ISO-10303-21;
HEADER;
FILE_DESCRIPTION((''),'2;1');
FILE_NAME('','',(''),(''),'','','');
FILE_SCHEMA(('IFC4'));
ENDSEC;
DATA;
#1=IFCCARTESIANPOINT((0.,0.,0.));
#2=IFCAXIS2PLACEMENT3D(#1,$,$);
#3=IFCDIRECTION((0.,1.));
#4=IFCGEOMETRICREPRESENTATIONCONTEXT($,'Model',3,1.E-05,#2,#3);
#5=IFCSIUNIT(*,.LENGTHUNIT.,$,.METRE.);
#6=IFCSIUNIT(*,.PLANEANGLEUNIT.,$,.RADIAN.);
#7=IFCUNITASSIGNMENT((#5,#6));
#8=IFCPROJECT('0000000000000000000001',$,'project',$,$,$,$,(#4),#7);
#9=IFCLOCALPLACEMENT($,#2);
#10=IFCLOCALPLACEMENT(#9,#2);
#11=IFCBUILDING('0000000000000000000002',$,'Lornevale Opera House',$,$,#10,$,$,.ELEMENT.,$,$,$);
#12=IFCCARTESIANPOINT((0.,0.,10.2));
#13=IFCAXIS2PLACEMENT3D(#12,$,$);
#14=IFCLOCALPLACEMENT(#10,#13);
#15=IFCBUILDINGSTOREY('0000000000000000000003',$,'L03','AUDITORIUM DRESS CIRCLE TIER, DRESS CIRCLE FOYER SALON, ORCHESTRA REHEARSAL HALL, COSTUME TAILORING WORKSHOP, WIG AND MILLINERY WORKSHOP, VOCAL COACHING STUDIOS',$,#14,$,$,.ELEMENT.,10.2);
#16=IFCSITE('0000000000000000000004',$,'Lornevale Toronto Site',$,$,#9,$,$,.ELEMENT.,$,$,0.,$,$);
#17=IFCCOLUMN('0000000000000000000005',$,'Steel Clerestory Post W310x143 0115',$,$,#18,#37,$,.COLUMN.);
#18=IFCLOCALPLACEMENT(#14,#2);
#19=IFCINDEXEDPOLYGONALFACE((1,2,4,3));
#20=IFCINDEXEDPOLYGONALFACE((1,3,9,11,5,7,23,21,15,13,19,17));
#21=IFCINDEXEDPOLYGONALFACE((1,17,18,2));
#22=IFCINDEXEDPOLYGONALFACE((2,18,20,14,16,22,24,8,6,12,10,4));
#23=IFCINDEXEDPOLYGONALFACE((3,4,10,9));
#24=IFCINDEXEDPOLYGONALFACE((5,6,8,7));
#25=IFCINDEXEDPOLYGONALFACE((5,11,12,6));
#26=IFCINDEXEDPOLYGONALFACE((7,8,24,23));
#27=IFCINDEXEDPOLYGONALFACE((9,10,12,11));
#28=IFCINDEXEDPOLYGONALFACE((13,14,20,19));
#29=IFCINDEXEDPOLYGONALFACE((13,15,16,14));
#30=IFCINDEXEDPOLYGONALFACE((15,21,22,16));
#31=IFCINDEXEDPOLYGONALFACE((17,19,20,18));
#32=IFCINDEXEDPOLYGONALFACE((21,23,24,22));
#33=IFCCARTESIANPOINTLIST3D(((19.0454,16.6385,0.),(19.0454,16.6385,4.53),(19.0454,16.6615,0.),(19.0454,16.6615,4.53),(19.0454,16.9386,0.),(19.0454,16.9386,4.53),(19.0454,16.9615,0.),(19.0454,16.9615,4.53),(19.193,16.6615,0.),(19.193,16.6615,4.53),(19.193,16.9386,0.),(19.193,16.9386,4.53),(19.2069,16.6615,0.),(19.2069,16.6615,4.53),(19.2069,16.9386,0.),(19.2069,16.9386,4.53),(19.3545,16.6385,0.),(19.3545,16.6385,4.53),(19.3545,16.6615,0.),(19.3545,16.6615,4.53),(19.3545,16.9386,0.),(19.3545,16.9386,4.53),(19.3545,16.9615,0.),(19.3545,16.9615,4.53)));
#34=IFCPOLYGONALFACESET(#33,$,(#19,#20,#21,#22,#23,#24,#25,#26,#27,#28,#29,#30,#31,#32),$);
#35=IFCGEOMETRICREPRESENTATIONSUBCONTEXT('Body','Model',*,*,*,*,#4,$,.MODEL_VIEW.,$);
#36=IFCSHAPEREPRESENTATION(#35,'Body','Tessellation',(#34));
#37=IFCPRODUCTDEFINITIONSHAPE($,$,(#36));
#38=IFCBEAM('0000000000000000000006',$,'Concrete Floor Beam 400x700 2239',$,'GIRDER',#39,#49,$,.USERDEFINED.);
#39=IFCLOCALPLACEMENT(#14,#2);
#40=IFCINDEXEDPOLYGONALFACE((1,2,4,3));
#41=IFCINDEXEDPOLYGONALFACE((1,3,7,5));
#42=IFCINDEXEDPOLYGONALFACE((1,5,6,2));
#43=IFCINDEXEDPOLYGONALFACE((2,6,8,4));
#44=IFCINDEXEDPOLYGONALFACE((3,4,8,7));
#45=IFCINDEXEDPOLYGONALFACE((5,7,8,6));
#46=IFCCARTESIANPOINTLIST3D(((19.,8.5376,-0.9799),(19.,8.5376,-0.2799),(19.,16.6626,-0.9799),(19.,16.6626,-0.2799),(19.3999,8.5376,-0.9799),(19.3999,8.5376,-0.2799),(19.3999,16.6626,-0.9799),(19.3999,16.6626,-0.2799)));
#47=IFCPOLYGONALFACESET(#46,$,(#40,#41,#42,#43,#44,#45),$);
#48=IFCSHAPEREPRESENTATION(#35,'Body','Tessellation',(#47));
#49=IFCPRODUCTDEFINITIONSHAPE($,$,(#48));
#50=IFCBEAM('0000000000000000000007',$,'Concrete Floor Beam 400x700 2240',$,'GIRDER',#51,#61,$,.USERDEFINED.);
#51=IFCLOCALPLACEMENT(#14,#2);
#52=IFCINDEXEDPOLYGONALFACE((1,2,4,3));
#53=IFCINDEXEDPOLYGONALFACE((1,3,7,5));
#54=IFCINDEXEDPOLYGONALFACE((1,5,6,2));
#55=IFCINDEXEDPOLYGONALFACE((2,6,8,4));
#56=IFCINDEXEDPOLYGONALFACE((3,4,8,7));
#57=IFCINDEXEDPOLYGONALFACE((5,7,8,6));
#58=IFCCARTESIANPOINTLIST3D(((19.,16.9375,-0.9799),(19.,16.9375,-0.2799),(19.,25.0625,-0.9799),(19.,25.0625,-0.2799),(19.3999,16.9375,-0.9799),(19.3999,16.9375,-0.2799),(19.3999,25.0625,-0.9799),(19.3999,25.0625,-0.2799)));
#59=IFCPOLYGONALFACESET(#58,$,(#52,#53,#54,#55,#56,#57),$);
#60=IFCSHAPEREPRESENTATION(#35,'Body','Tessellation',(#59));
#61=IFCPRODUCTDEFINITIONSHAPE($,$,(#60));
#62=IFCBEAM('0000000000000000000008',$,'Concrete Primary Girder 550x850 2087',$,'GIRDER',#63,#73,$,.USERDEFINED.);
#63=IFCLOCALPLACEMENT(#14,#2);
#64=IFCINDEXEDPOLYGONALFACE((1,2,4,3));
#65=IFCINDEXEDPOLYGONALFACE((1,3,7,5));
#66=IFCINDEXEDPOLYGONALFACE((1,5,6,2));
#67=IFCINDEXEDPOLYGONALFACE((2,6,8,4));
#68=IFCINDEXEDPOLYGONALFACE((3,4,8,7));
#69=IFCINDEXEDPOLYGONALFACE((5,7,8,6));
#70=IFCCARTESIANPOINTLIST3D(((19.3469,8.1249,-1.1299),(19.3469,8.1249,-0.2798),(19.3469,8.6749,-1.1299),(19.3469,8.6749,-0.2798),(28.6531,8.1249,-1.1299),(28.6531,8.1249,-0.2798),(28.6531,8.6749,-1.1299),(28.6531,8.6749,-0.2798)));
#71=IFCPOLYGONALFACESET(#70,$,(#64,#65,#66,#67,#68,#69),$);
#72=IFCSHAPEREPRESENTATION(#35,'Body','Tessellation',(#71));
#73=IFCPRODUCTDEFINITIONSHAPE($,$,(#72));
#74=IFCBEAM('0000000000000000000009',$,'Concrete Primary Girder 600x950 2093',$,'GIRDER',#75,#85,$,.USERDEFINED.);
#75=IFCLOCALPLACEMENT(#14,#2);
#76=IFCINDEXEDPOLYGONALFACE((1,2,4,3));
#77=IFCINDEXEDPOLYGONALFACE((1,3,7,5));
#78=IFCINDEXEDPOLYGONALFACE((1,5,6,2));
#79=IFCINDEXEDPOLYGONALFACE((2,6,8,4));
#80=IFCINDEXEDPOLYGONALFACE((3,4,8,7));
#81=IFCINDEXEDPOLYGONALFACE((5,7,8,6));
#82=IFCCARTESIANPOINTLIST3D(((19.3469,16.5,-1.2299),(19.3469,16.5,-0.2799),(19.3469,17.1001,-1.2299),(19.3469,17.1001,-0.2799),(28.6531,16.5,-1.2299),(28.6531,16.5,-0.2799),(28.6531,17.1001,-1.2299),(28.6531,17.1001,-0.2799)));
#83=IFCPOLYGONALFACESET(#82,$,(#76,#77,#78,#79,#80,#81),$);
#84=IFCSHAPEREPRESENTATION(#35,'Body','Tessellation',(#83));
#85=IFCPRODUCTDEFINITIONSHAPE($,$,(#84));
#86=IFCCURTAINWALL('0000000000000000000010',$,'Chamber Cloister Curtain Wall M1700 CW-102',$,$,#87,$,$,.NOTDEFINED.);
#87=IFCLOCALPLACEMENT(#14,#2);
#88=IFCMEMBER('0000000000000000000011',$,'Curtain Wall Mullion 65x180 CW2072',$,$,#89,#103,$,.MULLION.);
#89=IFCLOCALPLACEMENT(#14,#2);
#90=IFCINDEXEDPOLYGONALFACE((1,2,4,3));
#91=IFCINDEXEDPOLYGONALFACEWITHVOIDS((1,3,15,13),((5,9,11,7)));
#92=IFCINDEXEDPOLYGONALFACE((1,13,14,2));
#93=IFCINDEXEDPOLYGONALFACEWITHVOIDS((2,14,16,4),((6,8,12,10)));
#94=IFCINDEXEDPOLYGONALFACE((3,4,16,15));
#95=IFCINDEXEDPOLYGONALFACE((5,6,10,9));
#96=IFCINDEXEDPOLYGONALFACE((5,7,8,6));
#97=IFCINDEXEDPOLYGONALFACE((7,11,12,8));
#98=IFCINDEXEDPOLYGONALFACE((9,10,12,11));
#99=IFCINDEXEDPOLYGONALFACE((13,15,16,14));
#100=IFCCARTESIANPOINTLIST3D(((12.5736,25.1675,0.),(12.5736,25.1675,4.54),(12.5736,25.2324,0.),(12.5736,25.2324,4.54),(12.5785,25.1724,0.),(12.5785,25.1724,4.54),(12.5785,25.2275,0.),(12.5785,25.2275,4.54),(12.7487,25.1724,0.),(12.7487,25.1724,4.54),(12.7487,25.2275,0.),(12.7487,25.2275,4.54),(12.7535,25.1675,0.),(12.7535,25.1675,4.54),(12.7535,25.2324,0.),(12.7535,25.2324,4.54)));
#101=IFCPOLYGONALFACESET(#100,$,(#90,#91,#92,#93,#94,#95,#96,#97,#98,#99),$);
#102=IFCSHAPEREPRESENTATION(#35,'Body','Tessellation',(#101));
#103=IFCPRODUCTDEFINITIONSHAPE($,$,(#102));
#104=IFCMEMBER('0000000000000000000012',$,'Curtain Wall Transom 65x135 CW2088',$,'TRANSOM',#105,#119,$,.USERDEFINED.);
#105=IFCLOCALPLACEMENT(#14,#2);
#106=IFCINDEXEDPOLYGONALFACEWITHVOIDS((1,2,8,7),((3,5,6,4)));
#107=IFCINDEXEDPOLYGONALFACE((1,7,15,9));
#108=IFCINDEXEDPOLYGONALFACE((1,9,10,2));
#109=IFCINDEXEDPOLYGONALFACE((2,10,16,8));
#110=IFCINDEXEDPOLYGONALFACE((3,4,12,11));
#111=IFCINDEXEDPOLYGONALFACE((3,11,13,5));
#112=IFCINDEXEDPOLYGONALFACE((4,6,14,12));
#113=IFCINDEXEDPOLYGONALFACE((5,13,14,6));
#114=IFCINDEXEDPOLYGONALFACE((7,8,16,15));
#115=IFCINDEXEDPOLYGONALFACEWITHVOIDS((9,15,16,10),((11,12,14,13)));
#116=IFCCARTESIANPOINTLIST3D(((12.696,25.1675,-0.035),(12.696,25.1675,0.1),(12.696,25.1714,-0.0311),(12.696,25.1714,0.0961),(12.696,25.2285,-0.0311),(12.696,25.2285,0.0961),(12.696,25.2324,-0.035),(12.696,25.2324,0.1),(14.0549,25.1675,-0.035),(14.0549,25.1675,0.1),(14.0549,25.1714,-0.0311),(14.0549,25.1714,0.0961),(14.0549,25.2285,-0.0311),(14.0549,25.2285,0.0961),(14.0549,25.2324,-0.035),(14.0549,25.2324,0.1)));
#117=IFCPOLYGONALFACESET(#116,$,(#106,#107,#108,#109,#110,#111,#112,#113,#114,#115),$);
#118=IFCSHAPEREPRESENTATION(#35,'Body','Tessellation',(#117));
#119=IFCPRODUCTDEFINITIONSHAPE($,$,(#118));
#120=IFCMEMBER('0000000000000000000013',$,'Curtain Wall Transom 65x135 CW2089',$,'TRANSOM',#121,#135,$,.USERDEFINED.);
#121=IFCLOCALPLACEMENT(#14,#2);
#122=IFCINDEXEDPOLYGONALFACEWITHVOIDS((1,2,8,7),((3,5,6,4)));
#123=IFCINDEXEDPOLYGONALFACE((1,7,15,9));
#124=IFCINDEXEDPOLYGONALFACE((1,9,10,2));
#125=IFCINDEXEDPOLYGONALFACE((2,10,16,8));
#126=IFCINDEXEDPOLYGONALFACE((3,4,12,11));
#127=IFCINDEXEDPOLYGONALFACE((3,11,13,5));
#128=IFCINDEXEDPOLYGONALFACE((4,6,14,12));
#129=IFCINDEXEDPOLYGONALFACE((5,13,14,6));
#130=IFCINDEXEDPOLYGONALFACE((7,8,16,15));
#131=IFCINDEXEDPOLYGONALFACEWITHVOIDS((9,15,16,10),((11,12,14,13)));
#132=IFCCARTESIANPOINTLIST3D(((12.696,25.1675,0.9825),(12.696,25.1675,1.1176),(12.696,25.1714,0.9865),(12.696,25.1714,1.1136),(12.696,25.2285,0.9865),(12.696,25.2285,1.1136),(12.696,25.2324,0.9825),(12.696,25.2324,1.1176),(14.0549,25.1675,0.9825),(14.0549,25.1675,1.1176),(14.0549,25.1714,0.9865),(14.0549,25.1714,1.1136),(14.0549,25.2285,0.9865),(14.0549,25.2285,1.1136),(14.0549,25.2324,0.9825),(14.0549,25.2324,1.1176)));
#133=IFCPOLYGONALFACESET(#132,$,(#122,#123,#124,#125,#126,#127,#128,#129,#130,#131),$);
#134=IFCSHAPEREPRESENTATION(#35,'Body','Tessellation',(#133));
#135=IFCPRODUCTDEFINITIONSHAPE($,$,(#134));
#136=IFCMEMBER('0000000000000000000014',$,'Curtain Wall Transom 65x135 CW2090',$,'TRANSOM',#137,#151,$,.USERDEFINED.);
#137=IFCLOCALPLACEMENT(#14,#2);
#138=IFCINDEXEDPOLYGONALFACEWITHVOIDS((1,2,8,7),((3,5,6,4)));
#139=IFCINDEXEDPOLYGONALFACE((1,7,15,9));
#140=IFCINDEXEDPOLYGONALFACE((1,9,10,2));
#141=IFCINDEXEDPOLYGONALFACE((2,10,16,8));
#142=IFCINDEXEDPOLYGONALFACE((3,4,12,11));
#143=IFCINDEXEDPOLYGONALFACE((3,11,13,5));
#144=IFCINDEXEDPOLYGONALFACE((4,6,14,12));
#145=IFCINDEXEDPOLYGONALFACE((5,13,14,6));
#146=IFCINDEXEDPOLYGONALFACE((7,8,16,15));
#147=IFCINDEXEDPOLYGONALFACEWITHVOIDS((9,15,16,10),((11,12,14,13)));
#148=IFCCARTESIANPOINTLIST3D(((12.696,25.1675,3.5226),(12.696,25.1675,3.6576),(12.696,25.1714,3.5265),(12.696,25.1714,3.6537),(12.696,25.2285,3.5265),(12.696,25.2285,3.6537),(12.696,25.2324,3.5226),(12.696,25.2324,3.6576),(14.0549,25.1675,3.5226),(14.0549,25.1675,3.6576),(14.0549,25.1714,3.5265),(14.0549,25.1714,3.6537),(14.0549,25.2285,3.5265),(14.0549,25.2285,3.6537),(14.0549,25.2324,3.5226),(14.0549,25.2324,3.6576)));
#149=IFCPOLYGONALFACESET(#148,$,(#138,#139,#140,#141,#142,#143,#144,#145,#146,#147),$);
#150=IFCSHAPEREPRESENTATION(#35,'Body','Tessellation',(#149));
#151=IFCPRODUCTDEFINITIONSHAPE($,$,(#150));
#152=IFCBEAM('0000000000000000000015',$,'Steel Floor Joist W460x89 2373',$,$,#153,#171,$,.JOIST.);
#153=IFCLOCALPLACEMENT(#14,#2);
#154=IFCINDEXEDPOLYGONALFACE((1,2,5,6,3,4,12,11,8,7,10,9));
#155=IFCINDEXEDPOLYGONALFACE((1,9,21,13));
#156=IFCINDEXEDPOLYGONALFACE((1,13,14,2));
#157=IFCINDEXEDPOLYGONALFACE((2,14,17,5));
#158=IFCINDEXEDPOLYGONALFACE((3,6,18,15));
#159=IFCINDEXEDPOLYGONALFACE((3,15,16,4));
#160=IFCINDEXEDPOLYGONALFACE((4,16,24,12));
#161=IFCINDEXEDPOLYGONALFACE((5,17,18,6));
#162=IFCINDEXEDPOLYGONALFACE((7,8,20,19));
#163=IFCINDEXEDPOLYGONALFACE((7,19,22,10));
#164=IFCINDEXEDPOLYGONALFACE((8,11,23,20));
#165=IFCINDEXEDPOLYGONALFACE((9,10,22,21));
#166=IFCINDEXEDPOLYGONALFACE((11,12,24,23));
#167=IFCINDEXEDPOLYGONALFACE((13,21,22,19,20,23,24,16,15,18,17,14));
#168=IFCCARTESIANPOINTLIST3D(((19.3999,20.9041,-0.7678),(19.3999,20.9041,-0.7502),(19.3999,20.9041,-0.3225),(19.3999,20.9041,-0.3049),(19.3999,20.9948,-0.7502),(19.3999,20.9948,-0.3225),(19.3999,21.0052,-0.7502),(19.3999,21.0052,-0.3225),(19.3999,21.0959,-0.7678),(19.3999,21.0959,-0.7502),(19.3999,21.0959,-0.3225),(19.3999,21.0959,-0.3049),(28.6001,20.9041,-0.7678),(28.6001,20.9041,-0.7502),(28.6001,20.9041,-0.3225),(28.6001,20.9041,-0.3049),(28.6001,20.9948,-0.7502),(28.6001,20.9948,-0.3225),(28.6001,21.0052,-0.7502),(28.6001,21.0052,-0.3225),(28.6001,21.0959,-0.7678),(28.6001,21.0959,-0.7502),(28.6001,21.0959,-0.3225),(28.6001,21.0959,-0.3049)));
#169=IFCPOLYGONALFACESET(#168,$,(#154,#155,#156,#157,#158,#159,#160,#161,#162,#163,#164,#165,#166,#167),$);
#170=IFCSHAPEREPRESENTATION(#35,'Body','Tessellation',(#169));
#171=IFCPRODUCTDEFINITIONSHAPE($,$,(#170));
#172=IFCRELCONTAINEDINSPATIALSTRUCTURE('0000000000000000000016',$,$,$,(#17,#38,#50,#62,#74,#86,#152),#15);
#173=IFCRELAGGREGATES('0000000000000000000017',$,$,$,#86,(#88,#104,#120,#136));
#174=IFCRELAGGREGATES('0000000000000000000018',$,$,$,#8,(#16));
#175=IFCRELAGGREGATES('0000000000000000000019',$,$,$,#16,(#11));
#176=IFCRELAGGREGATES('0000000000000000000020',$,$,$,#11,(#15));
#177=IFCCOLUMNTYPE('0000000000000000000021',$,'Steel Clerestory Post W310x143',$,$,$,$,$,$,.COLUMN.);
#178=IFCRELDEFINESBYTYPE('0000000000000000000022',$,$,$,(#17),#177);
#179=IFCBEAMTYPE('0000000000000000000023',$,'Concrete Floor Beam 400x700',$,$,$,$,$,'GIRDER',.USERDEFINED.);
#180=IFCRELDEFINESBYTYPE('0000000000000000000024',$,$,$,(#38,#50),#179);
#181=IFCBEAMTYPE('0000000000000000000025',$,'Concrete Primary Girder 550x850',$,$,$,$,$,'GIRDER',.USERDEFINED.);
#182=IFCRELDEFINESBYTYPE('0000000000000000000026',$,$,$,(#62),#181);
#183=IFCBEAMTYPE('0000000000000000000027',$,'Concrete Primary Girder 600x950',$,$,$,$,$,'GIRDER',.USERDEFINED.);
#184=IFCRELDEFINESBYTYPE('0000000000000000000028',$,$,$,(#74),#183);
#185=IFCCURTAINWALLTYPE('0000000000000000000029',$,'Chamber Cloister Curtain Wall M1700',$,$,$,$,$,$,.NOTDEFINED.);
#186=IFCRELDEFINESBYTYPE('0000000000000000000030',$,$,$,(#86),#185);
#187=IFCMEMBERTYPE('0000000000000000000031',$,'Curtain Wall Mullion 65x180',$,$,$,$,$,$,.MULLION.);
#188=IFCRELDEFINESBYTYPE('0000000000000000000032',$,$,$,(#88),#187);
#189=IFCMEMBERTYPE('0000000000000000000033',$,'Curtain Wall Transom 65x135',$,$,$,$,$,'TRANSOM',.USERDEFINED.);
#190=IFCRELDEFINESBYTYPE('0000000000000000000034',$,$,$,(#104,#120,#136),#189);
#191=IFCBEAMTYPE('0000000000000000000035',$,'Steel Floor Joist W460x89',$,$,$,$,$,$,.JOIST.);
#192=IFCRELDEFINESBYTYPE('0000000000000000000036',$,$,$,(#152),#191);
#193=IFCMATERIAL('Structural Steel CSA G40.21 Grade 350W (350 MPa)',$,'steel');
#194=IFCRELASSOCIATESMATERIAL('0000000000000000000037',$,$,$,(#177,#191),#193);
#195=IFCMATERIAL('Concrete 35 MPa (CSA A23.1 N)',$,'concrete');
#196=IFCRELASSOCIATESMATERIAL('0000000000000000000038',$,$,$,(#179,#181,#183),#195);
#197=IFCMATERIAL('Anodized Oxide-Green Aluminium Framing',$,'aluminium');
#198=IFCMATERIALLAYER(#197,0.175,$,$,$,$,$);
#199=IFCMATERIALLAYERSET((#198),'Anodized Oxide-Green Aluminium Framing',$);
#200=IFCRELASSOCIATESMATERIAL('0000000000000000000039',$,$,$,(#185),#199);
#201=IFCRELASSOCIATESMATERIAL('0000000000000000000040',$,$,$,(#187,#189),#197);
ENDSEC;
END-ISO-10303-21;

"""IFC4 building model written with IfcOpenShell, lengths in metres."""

from ifc_helpers import new_model, si_unit, direction, frame, origin, origin_2d, place, context, subcontext, project, spatial, rectangle, hollow_rectangle, i_section, extrude, material, layer, layer_set, material_profile, profile_set, type_object, element, aggregate, save


model = new_model("IFC4")

# Units and contexts
model_context = context("Model", 3, precision=1e-05, world=origin(), true_north=direction((0.0, 1.0)))
body_context = subcontext(model_context, "Body", "Model", "MODEL_VIEW")
ifc_project = project(units=[si_unit("LENGTHUNIT", "METRE"), si_unit("PLANEANGLEUNIT", "RADIAN")], contexts=[model_context])

# Site, building, storey
site_placement = place(None, origin())
site = spatial("IfcSite", under=ifc_project, at=site_placement, Name="Lornevale Toronto Site", CompositionType="ELEMENT", RefElevation=0.0)
building_placement = place(site_placement, origin())
building = spatial("IfcBuilding", under=site, at=building_placement, Name="Lornevale Opera House", CompositionType="ELEMENT")
storey_placement = place(building_placement, frame((0.0, 0.0, 10.2)))
storey = spatial("IfcBuildingStorey", under=building, at=storey_placement, Name="L03", Description="AUDITORIUM DRESS CIRCLE TIER, DRESS CIRCLE FOYER SALON, ORCHESTRA REHEARSAL HALL, COSTUME TAILORING WORKSHOP, WIG AND MILLINERY WORKSHOP, VOCAL COACHING STUDIOS", CompositionType="ELEMENT", Elevation=10.2)

# Column
ifc_material_1 = material(Name="Structural Steel CSA G40.21 Grade 350W (350 MPa)", Category="steel")
ifc_material_profile_1 = material_profile(ifc_material_1, i_section(OverallWidth=0.3091, OverallDepth=0.323, WebThickness=0.0139, FlangeThickness=0.0229, at=origin_2d()), Name="W310x143")
ifc_profile_set_1 = profile_set([ifc_material_profile_1], Name="Structural Steel CSA G40.21 Grade 350W (350 MPa)")
column_type = type_object("IfcColumnType", Name="Steel Clerestory Post W310x143", PredefinedType="COLUMN", material=ifc_profile_set_1)
column_placement = place(storey_placement, frame((19.2, 16.8, 0.0), z_axis=(0.0, 0.0, 1.0), x_axis=(1.0, 0.0, 0.0)))
element("IfcColumn", 1, at=column_placement, inside=storey, type_object=column_type, Name="Steel Clerestory Post W310x143 0115", PredefinedType="COLUMN", context=body_context, shape_type="SweptSolid", body=[
    extrude(i_section(OverallWidth=0.3091, OverallDepth=0.323, WebThickness=0.0139, FlangeThickness=0.0229, at=origin_2d()), origin(), (0.0, 0.0, 1.0), 4.53),
])

# Beams
ifc_material_2 = material(Name="Concrete 35 MPa (CSA A23.1 N)", Category="concrete")
ifc_material_profile_2 = material_profile(ifc_material_2, rectangle(XDim=0.3999, YDim=0.7, at=origin_2d()), Name="RC400x700")
ifc_profile_set_2 = profile_set([ifc_material_profile_2], Name="Concrete 35 MPa (CSA A23.1 N)")
beam_type_1 = type_object("IfcBeamType", Name="Concrete Floor Beam 400x700", ElementType="GIRDER", PredefinedType="USERDEFINED", material=ifc_profile_set_2)
for number, where, z_axis, x_axis, name in (
    (2, (19.2, 8.5376, -0.6299), (0.0, 1.0, 0.0), (-1.0, 0.0, 0.0), "Concrete Floor Beam 400x700 2239"),
    (3, (19.2, 16.9375, -0.6299), (0.0, 1.0, 0.0), (-1.0, 0.0, 0.0), "Concrete Floor Beam 400x700 2240"),
):
    element("IfcBeam", number, at=place(storey_placement, frame(where, z_axis=z_axis, x_axis=x_axis)), inside=storey, type_object=beam_type_1, Name=name, ObjectType="GIRDER", PredefinedType="USERDEFINED", context=body_context, shape_type="SweptSolid", body=[
        extrude(rectangle(XDim=0.3999, YDim=0.7, at=origin_2d()), origin(), (0.0, 0.0, 1.0), 8.125),
    ])
ifc_material_profile_3 = material_profile(ifc_material_2, rectangle(XDim=0.55, YDim=0.8501, at=origin_2d()), Name="RC550x850")
ifc_profile_set_3 = profile_set([ifc_material_profile_3], Name="Concrete 35 MPa (CSA A23.1 N)")
beam_type_2 = type_object("IfcBeamType", Name="Concrete Primary Girder 550x850", ElementType="GIRDER", PredefinedType="USERDEFINED", material=ifc_profile_set_3)
beam_1_placement = place(storey_placement, frame((19.3469, 8.3999, -0.7048), z_axis=(1.0, 0.0, 0.0), x_axis=(0.0, 1.0, 0.0)))
element("IfcBeam", 4, at=beam_1_placement, inside=storey, type_object=beam_type_2, Name="Concrete Primary Girder 550x850 2087", ObjectType="GIRDER", PredefinedType="USERDEFINED", context=body_context, shape_type="SweptSolid", body=[
    extrude(rectangle(XDim=0.55, YDim=0.8501, at=origin_2d()), origin(), (0.0, 0.0, 1.0), 9.3062),
])
ifc_material_profile_4 = material_profile(ifc_material_2, rectangle(XDim=0.6001, YDim=0.95, at=origin_2d()), Name="RC600x950")
ifc_profile_set_4 = profile_set([ifc_material_profile_4], Name="Concrete 35 MPa (CSA A23.1 N)")
beam_type_3 = type_object("IfcBeamType", Name="Concrete Primary Girder 600x950", ElementType="GIRDER", PredefinedType="USERDEFINED", material=ifc_profile_set_4)
beam_2_placement = place(storey_placement, frame((19.3469, 16.8, -0.7549), z_axis=(1.0, 0.0, 0.0), x_axis=(0.0, 1.0, 0.0)))
element("IfcBeam", 5, at=beam_2_placement, inside=storey, type_object=beam_type_3, Name="Concrete Primary Girder 600x950 2093", ObjectType="GIRDER", PredefinedType="USERDEFINED", context=body_context, shape_type="SweptSolid", body=[
    extrude(rectangle(XDim=0.6001, YDim=0.95, at=origin_2d()), origin(), (0.0, 0.0, 1.0), 9.3062),
])

# Curtain wall, members
ifc_material_3 = material(Name="Anodized Oxide-Green Aluminium Framing", Category="aluminium")
ifc_layer_1 = layer(ifc_material_3, 0.175)
ifc_layer_set_1 = layer_set([ifc_layer_1], Name="Anodized Oxide-Green Aluminium Framing")
curtain_wall_type = type_object("IfcCurtainWallType", Name="Chamber Cloister Curtain Wall M1700", PredefinedType="NOTDEFINED", material=ifc_layer_set_1)
curtain_wall_placement = place(storey_placement, origin())
curtain_wall = element("IfcCurtainWall", 6, at=curtain_wall_placement, inside=storey, type_object=curtain_wall_type, Name="Chamber Cloister Curtain Wall M1700 CW-102", PredefinedType="NOTDEFINED")
ifc_material_profile_5 = material_profile(ifc_material_3, hollow_rectangle(XDim=0.0649, YDim=0.1799, WallThickness=0.0049, at=origin_2d()), Name="ALU65x180x5")
ifc_profile_set_5 = profile_set([ifc_material_profile_5], Name="Anodized Oxide-Green Aluminium Framing")
member_type_1 = type_object("IfcMemberType", Name="Curtain Wall Mullion 65x180", PredefinedType="MULLION", material=ifc_profile_set_5)
member_1_placement = place(storey_placement, frame((12.6636, 25.2, 0.0), z_axis=(0.0, 0.0, 1.0), x_axis=(0.0, 1.0, 0.0)))
member_1 = element("IfcMember", 7, at=member_1_placement, type_object=member_type_1, Name="Curtain Wall Mullion 65x180 CW2072", PredefinedType="MULLION", context=body_context, shape_type="SweptSolid", body=[
    extrude(hollow_rectangle(XDim=0.0649, YDim=0.1799, WallThickness=0.0049, at=origin_2d()), origin(), (0.0, 0.0, 1.0), 4.54),
])
ifc_material_profile_6 = material_profile(ifc_material_3, hollow_rectangle(XDim=0.0649, YDim=0.135, WallThickness=0.0039, at=origin_2d()), Name="ALU65x135x4")
ifc_profile_set_6 = profile_set([ifc_material_profile_6], Name="Anodized Oxide-Green Aluminium Framing")
member_type_2 = type_object("IfcMemberType", Name="Curtain Wall Transom 65x135", ElementType="TRANSOM", PredefinedType="USERDEFINED", material=ifc_profile_set_6)
member_2_placement = place(storey_placement, frame((12.696, 25.2, 0.0325), z_axis=(1.0, 0.0, 0.0), x_axis=(0.0, 1.0, 0.0)))
member_2 = element("IfcMember", 8, at=member_2_placement, type_object=member_type_2, Name="Curtain Wall Transom 65x135 CW2088", ObjectType="TRANSOM", PredefinedType="USERDEFINED", context=body_context, shape_type="SweptSolid", body=[
    extrude(hollow_rectangle(XDim=0.0649, YDim=0.135, WallThickness=0.0039, at=origin_2d()), origin(), (0.0, 0.0, 1.0), 1.3589),
])
member_3_placement = place(storey_placement, frame((12.696, 25.2, 1.05), z_axis=(1.0, 0.0, 0.0), x_axis=(0.0, 1.0, 0.0)))
member_3 = element("IfcMember", 9, at=member_3_placement, type_object=member_type_2, Name="Curtain Wall Transom 65x135 CW2089", ObjectType="TRANSOM", PredefinedType="USERDEFINED", context=body_context, shape_type="SweptSolid", body=[
    extrude(hollow_rectangle(XDim=0.0649, YDim=0.135, WallThickness=0.0039, at=origin_2d()), origin(), (0.0, 0.0, 1.0), 1.3589),
])
member_4_placement = place(storey_placement, frame((12.696, 25.2, 3.5901), z_axis=(1.0, 0.0, 0.0), x_axis=(0.0, 1.0, 0.0)))
member_4 = element("IfcMember", 10, at=member_4_placement, type_object=member_type_2, Name="Curtain Wall Transom 65x135 CW2090", ObjectType="TRANSOM", PredefinedType="USERDEFINED", context=body_context, shape_type="SweptSolid", body=[
    extrude(hollow_rectangle(XDim=0.0649, YDim=0.135, WallThickness=0.0039, at=origin_2d()), origin(), (0.0, 0.0, 1.0), 1.3589),
])
aggregate(curtain_wall, [member_1, member_2, member_3, member_4])

# Beam
ifc_material_profile_7 = material_profile(ifc_material_1, i_section(OverallWidth=0.1919, OverallDepth=0.4629, WebThickness=0.0105, FlangeThickness=0.0176, at=origin_2d()), Name="W460x89")
ifc_profile_set_7 = profile_set([ifc_material_profile_7], Name="Structural Steel CSA G40.21 Grade 350W (350 MPa)")
beam_type_4 = type_object("IfcBeamType", Name="Steel Floor Joist W460x89", PredefinedType="JOIST", material=ifc_profile_set_7)
beam_3_placement = place(storey_placement, frame((19.3999, 21.0, -0.5364), z_axis=(1.0, 0.0, 0.0), x_axis=(0.0, 1.0, 0.0)))
element("IfcBeam", 11, at=beam_3_placement, inside=storey, type_object=beam_type_4, Name="Steel Floor Joist W460x89 2373", PredefinedType="JOIST", context=body_context, shape_type="SweptSolid", body=[
    extrude(i_section(OverallWidth=0.1919, OverallDepth=0.4629, WebThickness=0.0105, FlangeThickness=0.0176, at=origin_2d()), origin(), (0.0, 0.0, 1.0), 9.2002),
])

save(model, "model.ifc")
